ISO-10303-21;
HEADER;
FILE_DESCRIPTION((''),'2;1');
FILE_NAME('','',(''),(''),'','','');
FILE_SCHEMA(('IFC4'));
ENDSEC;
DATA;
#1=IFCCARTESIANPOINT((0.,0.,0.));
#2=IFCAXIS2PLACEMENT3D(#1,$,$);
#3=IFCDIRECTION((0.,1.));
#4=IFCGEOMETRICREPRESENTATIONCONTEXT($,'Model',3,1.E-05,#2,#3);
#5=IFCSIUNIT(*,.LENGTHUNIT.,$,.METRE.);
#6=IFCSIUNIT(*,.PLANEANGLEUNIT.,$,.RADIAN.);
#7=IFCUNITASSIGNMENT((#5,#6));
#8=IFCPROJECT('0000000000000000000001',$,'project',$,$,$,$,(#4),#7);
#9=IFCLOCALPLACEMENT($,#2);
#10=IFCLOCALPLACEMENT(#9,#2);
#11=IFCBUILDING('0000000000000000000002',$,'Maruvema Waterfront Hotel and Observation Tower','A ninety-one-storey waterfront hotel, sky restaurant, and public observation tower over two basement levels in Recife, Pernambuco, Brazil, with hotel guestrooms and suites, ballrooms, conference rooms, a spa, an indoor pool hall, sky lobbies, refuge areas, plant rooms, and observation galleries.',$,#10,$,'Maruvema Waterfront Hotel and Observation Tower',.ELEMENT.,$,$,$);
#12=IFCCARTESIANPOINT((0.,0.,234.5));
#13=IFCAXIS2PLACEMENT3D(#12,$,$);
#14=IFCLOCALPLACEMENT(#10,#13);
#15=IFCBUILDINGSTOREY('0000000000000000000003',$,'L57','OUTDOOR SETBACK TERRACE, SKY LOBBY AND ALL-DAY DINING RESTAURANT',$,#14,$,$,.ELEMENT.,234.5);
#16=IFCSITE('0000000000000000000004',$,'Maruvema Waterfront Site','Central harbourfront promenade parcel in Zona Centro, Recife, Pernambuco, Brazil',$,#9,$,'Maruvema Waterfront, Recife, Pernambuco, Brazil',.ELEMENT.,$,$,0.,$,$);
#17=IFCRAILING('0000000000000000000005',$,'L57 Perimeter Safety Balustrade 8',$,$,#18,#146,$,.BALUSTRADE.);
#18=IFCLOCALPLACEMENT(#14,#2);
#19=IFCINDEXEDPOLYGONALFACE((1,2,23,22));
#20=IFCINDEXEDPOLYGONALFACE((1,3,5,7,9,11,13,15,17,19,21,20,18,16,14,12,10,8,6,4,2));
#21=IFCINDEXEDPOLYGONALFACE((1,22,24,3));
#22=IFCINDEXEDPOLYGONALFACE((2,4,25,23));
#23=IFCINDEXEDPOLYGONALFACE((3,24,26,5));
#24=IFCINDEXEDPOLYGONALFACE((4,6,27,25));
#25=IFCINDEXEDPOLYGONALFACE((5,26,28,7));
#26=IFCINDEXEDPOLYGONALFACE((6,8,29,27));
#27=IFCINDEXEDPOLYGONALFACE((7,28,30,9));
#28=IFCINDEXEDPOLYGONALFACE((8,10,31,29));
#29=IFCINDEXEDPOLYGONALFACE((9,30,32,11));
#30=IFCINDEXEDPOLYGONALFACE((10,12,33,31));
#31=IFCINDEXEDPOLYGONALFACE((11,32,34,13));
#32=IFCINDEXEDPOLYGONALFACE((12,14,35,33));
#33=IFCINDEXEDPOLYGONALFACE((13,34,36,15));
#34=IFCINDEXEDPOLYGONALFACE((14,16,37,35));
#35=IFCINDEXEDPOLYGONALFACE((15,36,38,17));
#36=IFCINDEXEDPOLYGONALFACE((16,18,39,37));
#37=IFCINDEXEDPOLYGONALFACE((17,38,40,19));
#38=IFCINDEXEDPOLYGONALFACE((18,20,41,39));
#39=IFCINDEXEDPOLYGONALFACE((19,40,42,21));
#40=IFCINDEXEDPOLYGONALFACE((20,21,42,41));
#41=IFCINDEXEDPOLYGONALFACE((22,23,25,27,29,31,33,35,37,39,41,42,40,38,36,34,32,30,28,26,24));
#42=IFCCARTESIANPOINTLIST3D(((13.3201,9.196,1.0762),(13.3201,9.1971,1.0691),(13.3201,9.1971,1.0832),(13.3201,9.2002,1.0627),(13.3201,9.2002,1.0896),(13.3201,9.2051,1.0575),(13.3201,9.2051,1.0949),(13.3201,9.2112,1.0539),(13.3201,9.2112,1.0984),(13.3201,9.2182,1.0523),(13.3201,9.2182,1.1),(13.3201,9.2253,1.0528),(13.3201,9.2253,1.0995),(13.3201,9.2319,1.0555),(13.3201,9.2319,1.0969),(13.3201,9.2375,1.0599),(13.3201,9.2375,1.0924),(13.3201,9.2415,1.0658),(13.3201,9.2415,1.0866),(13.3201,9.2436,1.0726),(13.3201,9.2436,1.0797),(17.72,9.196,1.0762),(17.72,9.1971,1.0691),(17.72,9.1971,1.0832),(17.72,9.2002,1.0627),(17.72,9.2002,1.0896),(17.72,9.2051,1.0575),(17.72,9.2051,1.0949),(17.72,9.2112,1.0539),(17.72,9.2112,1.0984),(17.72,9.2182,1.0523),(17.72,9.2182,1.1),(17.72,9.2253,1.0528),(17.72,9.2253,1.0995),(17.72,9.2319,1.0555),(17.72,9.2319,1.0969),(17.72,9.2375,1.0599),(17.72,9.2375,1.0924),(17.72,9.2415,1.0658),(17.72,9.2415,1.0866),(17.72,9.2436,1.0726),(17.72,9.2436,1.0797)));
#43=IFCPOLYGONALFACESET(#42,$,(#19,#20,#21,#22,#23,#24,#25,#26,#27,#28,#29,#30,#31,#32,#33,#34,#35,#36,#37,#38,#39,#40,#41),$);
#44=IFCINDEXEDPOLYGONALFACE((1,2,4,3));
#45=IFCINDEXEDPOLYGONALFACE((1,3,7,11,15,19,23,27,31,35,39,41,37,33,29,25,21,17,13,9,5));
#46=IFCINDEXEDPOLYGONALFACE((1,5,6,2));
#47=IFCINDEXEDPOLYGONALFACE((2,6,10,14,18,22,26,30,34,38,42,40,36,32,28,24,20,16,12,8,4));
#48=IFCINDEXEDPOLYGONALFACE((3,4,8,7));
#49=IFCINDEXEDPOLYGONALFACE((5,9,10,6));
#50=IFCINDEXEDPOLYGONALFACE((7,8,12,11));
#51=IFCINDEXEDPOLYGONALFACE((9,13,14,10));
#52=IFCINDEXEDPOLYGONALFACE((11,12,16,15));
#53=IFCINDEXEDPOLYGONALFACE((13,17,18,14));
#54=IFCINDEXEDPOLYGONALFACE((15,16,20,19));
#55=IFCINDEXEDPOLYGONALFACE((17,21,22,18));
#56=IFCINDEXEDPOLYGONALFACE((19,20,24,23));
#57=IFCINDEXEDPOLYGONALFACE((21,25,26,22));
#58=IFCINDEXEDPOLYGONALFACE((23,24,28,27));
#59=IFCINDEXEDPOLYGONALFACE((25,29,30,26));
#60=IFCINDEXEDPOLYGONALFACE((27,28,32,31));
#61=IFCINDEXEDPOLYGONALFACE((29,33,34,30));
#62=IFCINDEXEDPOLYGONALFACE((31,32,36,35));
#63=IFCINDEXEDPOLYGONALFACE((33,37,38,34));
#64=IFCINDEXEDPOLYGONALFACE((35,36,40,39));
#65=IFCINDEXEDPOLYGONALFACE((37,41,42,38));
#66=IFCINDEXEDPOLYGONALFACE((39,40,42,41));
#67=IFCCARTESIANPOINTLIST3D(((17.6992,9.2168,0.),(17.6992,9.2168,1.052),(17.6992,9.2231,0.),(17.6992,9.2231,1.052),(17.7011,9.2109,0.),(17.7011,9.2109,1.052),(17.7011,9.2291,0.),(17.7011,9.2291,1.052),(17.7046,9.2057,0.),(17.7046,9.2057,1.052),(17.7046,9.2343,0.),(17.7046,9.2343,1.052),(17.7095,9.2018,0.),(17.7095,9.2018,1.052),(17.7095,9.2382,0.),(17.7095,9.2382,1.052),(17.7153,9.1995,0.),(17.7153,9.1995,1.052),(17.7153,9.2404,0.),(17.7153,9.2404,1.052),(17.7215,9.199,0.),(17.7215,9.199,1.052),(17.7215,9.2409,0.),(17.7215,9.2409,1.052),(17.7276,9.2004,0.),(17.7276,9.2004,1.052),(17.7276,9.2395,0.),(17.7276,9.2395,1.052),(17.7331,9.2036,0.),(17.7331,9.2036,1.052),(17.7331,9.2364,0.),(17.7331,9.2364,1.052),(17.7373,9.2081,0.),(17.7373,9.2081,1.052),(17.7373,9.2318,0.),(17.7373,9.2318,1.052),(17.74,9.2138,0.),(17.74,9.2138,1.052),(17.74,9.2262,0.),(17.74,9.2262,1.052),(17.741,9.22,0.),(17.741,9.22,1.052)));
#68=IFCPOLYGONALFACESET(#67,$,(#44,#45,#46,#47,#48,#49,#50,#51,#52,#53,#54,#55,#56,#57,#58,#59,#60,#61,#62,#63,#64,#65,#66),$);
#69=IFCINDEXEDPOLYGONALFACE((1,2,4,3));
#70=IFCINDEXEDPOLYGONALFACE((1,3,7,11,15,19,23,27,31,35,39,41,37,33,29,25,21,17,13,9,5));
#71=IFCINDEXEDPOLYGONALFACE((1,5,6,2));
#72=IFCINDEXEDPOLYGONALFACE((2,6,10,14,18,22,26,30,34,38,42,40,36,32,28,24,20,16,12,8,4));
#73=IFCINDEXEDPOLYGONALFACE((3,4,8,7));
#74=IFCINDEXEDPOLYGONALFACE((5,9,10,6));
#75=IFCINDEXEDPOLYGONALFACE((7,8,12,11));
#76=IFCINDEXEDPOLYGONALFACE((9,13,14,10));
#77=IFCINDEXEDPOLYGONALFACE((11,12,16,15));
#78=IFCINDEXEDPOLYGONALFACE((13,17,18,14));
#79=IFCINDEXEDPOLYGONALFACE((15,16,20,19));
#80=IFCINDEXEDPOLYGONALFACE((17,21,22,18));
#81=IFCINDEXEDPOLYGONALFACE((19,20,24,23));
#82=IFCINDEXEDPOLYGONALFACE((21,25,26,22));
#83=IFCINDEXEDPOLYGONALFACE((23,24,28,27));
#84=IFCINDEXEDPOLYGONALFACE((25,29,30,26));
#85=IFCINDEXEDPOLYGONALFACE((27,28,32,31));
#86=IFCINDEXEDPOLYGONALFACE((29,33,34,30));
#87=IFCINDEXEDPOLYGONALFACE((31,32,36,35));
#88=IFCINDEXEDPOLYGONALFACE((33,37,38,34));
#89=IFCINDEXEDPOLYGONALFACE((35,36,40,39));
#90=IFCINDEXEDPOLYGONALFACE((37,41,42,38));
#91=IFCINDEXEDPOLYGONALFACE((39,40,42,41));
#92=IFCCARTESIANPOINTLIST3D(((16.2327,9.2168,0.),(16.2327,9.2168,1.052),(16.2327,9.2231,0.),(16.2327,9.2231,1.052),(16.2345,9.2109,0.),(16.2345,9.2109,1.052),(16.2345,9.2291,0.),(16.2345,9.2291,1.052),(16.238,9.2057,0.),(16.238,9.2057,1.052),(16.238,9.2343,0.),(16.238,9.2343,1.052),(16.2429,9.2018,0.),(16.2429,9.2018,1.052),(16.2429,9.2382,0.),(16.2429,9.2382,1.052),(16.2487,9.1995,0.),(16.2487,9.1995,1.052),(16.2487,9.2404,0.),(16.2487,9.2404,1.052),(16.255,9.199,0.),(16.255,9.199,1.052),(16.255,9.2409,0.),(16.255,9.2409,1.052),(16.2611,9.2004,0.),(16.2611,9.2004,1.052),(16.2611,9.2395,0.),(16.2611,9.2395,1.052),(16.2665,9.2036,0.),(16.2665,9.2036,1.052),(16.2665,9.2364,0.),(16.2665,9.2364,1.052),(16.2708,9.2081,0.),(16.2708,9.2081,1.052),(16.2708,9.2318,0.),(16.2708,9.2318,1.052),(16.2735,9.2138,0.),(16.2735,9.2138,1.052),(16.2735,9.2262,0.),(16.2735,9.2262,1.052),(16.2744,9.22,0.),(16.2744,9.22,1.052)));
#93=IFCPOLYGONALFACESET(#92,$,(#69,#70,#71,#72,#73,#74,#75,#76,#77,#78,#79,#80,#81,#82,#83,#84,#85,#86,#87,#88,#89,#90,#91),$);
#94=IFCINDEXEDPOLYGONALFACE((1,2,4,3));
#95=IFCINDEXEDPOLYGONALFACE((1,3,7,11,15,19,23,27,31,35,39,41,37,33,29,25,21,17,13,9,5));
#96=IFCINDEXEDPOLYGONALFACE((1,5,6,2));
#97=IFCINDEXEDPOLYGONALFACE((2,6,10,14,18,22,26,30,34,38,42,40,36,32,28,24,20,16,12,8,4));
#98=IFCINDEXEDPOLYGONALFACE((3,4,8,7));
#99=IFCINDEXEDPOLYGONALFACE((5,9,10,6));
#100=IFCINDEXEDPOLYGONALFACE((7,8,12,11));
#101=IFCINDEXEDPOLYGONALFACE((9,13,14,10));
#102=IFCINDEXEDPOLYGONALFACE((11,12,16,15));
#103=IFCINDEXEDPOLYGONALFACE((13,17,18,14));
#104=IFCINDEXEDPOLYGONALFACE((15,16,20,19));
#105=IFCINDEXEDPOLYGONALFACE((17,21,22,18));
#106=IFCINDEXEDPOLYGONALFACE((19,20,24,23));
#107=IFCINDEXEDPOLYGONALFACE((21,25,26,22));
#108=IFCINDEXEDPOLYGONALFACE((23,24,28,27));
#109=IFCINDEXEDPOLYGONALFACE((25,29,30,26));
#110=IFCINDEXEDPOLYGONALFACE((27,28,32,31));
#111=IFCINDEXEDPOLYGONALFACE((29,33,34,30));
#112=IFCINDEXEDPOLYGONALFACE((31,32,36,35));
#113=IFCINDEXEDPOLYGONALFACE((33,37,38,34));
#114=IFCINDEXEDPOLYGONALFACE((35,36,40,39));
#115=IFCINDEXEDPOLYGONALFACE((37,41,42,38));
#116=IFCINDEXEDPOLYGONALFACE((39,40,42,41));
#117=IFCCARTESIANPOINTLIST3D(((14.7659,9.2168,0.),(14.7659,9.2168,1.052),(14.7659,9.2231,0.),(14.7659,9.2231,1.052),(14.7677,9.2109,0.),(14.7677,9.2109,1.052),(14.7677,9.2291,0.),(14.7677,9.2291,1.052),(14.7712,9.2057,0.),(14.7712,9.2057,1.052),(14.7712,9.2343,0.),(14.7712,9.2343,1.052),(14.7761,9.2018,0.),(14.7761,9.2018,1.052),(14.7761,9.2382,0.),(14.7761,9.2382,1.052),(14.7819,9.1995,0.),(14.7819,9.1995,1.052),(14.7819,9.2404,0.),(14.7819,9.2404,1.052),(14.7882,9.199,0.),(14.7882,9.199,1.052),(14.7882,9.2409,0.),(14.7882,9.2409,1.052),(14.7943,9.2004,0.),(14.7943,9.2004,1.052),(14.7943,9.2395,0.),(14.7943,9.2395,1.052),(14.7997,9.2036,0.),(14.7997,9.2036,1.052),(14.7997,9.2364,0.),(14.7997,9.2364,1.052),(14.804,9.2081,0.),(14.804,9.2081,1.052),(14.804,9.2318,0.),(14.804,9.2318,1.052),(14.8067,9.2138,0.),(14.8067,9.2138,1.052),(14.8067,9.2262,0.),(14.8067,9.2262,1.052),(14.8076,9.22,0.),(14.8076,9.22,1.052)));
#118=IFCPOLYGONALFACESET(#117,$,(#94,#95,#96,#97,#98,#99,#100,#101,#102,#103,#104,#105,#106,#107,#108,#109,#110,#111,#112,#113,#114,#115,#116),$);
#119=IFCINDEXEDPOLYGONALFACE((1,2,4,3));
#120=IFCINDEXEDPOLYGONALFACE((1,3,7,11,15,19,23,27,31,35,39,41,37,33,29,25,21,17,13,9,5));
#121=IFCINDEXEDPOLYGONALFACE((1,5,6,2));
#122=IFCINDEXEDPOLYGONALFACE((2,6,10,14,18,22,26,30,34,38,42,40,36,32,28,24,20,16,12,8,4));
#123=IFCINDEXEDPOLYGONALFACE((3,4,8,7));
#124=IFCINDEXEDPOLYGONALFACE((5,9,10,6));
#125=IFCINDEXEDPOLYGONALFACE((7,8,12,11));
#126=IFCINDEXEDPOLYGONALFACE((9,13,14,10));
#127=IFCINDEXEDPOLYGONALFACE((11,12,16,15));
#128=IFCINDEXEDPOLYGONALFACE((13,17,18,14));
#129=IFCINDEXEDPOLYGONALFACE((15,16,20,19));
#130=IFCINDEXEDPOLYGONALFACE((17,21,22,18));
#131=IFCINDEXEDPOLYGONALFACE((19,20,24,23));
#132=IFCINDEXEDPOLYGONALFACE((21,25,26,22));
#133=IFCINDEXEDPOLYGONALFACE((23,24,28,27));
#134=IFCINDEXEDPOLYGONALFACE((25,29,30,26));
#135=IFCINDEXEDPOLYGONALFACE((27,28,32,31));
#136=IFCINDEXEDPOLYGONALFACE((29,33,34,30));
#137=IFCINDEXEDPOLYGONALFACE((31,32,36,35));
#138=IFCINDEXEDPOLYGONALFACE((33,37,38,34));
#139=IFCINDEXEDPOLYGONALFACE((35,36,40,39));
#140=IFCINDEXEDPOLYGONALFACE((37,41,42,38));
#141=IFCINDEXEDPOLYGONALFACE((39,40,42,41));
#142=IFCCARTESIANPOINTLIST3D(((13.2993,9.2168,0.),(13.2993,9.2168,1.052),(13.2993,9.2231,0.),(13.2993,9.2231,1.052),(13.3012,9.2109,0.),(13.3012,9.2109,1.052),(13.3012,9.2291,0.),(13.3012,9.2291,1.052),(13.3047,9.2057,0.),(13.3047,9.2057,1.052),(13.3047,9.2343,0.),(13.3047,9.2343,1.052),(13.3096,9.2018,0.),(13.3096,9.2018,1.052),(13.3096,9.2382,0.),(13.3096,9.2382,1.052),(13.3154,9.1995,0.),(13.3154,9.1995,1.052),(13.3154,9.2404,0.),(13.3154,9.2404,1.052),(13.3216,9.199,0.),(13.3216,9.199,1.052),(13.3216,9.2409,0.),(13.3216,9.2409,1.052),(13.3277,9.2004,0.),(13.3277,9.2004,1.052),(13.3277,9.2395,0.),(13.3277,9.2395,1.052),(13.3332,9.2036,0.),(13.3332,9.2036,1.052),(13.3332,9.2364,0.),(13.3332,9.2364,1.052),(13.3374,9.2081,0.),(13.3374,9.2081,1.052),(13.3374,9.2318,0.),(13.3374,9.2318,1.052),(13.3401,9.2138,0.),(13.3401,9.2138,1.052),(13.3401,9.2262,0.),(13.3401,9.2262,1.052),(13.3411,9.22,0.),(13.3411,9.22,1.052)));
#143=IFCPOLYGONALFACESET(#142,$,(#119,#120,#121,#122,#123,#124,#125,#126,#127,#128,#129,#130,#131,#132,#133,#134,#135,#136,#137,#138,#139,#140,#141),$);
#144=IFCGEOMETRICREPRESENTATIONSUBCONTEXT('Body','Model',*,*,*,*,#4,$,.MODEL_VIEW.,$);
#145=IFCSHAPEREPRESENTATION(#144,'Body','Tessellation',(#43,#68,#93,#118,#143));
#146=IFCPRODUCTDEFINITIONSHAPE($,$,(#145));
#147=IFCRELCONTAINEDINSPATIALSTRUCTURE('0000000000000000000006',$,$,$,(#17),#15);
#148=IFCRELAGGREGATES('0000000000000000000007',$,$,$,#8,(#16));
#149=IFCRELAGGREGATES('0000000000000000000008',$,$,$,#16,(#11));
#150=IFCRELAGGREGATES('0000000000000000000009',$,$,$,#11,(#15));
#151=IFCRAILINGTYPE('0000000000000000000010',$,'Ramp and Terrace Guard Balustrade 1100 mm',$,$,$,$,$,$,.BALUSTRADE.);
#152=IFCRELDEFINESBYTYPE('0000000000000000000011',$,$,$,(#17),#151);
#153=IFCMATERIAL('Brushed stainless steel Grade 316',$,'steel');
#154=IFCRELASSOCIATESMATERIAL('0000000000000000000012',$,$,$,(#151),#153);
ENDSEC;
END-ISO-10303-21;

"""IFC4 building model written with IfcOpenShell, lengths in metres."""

from ifc_helpers import new_model, si_unit, direction, frame, origin, origin_2d, place, context, subcontext, project, spatial, circle, extrude, material, type_object, element, save


model = new_model("IFC4")

# Units and contexts
model_context = context("Model", 3, precision=1e-05, world=origin(), true_north=direction((0.0, 1.0)))
body_context = subcontext(model_context, "Body", "Model", "MODEL_VIEW")
ifc_project = project(units=[si_unit("LENGTHUNIT", "METRE"), si_unit("PLANEANGLEUNIT", "RADIAN")], contexts=[model_context])

# Site, building, storey
site_placement = place(None, origin())
site = spatial("IfcSite", under=ifc_project, at=site_placement, Name="Maruvema Waterfront Site", Description="Central harbourfront promenade parcel in Zona Centro, Recife, Pernambuco, Brazil", LongName="Maruvema Waterfront, Recife, Pernambuco, Brazil", CompositionType="ELEMENT", RefElevation=0.0)
building_placement = place(site_placement, origin())
building = spatial("IfcBuilding", under=site, at=building_placement, Name="Maruvema Waterfront Hotel and Observation Tower", Description="A ninety-one-storey waterfront hotel, sky restaurant, and public observation tower over two basement levels in Recife, Pernambuco, Brazil, with hotel guestrooms and suites, ballrooms, conference rooms, a spa, an indoor pool hall, sky lobbies, refuge areas, plant rooms, and observation galleries.", LongName="Maruvema Waterfront Hotel and Observation Tower", CompositionType="ELEMENT")
storey_placement = place(building_placement, frame((0.0, 0.0, 234.5)))
storey = spatial("IfcBuildingStorey", under=building, at=storey_placement, Name="L57", Description="OUTDOOR SETBACK TERRACE, SKY LOBBY AND ALL-DAY DINING RESTAURANT", CompositionType="ELEMENT", Elevation=234.5)

# Railing
ifc_material_1 = material(Name="Brushed stainless steel Grade 316", Category="steel")
railing_type = type_object("IfcRailingType", Name="Ramp and Terrace Guard Balustrade 1100 mm", PredefinedType="BALUSTRADE", material=ifc_material_1)
railing_1_placement = place(storey_placement, frame((17.72, 9.22, 0.0)))
element("IfcRailing", 1, at=railing_1_placement, inside=storey, type_object=railing_type, Name="L57 Perimeter Safety Balustrade 8", PredefinedType="BALUSTRADE", context=body_context, shape_type="SweptSolid", body=[
    extrude(circle(Radius=0.0239, at=origin_2d()), frame((0.0, 0.0, 1.0762), z_axis=(-1.0, 0.0, 0.0), x_axis=(0.0, -1.0, 0.0)), (0.0, 0.0, 1.0), 4.3999),
    extrude(circle(Radius=0.021, at=origin_2d()), origin(), (0.0, 0.0, 1.0), 1.052),
    extrude(circle(Radius=0.021, at=origin_2d()), frame((-1.4666, 0.0, 0.0)), (0.0, 0.0, 1.0), 1.052),
    extrude(circle(Radius=0.021, at=origin_2d()), frame((-2.9333, 0.0, 0.0)), (0.0, 0.0, 1.0), 1.052),
    extrude(circle(Radius=0.021, at=origin_2d()), frame((-4.3999, 0.0, 0.0)), (0.0, 0.0, 1.0), 1.052),
])

save(model, "model.ifc")
